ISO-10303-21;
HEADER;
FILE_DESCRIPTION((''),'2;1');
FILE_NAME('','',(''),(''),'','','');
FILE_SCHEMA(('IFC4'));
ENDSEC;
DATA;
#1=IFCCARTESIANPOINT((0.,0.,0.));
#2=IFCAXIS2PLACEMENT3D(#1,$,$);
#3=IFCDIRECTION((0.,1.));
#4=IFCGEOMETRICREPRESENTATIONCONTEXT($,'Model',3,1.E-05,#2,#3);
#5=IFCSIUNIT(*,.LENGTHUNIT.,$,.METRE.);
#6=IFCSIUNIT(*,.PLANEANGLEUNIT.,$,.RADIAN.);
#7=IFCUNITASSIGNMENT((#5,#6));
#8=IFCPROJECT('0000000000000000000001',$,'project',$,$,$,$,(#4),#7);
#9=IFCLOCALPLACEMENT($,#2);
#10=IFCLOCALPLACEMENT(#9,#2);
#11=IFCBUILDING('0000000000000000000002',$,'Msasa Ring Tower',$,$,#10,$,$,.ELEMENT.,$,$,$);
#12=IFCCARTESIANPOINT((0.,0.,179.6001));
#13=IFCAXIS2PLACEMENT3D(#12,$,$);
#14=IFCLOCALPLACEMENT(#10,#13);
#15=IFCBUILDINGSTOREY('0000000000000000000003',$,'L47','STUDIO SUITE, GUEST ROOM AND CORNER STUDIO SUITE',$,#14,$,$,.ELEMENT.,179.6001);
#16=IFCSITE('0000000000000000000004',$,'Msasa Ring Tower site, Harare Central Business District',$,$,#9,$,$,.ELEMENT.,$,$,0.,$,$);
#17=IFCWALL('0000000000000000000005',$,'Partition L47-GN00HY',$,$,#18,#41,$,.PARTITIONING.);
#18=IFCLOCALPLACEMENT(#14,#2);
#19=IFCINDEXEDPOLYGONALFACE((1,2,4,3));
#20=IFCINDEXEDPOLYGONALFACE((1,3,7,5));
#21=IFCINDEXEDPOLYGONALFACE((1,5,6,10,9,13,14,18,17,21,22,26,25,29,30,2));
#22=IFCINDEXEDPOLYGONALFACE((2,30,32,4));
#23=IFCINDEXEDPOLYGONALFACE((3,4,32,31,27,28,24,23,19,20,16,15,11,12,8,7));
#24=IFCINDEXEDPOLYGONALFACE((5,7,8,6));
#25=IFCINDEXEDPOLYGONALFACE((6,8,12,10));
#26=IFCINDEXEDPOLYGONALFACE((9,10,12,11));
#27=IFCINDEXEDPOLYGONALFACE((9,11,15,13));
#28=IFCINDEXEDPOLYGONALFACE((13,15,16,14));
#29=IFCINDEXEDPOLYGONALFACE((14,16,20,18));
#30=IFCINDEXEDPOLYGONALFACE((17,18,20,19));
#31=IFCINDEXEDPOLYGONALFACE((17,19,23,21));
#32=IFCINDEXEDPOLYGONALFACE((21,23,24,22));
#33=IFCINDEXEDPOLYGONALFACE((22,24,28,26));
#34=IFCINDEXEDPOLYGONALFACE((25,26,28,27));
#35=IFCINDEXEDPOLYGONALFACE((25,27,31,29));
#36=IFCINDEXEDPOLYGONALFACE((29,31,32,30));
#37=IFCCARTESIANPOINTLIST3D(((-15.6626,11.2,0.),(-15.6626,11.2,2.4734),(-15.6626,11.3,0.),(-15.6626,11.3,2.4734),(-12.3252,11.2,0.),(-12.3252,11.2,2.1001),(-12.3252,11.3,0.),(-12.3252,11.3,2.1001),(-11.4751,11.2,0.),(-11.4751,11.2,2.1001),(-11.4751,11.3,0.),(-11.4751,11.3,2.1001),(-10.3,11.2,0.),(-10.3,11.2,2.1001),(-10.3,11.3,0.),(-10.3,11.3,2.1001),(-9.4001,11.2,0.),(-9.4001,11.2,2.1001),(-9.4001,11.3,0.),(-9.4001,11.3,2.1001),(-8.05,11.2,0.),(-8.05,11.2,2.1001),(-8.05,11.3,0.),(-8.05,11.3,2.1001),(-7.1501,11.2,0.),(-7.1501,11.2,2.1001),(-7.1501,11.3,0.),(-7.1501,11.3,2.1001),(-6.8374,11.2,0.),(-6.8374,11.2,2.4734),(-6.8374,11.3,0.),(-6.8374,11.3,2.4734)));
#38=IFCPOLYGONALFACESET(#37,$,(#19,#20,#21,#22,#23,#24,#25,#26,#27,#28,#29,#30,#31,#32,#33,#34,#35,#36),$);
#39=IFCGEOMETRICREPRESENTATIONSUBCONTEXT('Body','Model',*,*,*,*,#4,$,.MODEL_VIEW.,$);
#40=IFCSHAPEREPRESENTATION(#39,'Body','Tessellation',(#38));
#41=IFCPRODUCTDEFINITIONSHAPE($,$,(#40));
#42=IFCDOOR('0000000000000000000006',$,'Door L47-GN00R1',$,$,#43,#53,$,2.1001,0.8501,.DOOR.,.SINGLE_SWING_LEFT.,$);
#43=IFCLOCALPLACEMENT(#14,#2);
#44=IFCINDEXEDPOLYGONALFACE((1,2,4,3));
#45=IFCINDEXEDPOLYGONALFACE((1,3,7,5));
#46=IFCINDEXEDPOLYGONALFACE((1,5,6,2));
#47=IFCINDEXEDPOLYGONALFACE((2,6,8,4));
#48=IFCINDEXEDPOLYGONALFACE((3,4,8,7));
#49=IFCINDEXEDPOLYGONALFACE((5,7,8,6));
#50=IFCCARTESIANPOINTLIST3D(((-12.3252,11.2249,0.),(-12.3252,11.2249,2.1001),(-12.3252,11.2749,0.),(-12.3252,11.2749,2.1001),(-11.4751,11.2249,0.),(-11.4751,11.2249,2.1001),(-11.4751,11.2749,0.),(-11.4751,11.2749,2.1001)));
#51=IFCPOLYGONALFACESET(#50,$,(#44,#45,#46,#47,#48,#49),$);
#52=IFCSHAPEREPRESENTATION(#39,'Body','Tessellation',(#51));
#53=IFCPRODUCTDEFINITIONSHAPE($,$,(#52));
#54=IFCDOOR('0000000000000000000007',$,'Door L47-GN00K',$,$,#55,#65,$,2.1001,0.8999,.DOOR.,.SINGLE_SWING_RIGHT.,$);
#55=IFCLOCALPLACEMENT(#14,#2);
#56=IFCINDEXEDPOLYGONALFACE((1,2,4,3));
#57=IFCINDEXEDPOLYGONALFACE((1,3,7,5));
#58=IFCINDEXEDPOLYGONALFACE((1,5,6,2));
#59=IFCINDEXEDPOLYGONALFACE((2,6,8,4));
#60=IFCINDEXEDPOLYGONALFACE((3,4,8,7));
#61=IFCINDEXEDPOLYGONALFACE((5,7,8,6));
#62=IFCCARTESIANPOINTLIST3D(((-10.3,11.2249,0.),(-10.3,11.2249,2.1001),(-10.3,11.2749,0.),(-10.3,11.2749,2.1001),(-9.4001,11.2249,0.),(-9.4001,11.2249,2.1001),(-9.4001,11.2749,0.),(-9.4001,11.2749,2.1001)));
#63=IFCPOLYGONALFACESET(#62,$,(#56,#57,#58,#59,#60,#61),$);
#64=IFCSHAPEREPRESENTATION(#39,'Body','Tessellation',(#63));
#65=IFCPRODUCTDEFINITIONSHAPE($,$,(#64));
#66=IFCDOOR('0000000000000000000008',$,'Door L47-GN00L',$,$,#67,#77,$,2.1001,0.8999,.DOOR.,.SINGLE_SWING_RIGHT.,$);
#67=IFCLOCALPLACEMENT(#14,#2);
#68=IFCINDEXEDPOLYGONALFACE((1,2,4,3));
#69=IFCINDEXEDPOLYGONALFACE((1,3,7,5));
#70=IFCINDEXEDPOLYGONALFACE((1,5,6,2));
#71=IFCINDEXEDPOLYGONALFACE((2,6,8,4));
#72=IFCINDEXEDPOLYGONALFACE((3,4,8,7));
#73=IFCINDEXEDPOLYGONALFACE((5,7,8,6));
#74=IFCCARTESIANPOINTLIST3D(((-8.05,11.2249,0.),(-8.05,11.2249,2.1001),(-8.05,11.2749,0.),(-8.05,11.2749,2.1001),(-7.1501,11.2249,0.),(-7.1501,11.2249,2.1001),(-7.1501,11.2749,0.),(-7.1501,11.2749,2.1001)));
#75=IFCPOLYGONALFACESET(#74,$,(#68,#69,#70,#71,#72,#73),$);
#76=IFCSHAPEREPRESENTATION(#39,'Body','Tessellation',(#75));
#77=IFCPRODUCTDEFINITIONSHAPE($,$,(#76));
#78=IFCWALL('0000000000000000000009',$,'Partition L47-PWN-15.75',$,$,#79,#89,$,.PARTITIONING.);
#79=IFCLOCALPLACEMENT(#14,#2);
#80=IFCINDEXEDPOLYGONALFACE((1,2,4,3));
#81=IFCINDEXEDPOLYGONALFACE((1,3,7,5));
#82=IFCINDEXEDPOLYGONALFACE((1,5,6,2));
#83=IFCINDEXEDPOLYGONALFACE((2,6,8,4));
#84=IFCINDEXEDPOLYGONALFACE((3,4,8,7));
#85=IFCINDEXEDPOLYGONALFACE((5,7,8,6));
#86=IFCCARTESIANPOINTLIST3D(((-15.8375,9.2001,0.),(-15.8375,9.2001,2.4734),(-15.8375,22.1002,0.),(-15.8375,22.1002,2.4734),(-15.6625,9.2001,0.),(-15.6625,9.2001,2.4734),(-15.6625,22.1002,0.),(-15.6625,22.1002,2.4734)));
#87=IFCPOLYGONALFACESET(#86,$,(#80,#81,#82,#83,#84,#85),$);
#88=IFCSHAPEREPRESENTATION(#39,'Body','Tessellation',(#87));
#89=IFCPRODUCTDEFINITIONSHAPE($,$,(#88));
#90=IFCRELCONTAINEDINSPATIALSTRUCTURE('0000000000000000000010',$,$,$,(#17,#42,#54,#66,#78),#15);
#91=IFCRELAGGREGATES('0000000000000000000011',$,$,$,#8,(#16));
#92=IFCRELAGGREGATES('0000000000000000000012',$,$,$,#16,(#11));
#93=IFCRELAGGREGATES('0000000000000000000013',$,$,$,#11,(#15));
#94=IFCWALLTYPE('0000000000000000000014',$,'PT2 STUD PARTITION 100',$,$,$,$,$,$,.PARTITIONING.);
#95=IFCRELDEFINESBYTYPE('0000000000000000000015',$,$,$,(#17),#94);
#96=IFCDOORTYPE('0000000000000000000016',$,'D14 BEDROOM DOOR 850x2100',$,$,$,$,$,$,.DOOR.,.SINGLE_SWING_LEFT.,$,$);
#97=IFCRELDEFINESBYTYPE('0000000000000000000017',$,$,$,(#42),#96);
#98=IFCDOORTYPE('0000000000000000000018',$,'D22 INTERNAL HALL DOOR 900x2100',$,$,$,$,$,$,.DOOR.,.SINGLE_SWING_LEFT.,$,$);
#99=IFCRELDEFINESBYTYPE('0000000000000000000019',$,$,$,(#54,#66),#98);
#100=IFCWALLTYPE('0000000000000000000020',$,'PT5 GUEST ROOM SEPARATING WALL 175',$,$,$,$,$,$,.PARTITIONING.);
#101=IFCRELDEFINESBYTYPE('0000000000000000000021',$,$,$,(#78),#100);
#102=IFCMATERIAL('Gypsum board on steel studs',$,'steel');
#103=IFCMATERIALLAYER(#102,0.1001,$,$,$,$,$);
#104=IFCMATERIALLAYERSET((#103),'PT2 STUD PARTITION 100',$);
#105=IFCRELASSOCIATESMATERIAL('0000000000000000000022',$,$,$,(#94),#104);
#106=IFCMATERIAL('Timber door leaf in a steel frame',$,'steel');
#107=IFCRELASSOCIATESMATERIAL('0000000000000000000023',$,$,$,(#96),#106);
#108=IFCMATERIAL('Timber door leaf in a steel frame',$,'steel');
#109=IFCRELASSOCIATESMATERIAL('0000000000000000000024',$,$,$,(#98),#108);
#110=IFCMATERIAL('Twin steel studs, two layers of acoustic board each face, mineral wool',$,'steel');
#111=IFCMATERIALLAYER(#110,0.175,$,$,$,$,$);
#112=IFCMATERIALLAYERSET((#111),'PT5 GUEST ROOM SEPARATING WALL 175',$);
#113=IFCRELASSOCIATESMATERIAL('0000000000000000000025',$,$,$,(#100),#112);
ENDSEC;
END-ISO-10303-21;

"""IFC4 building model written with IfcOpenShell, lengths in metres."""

from ifc_helpers import new_model, si_unit, direction, frame, frame_2d, origin, place, context, subcontext, project, spatial, rectangle, extrude, material, layer, layer_set, type_object, element, fill, save


model = new_model("IFC4")

# Units and contexts
model_context = context("Model", 3, precision=1e-05, world=origin(), true_north=direction((0.0, 1.0)))
body_context = subcontext(model_context, "Body", "Model", "MODEL_VIEW")
ifc_project = project(units=[si_unit("LENGTHUNIT", "METRE"), si_unit("PLANEANGLEUNIT", "RADIAN")], contexts=[model_context])

# Site, building, storey
site_placement = place(None, origin())
site = spatial("IfcSite", under=ifc_project, at=site_placement, Name="Msasa Ring Tower site, Harare Central Business District", CompositionType="ELEMENT", RefElevation=0.0)
building_placement = place(site_placement, origin())
building = spatial("IfcBuilding", under=site, at=building_placement, Name="Msasa Ring Tower", CompositionType="ELEMENT")
storey_placement = place(building_placement, frame((0.0, 0.0, 179.6001)))
storey = spatial("IfcBuildingStorey", under=building, at=storey_placement, Name="L47", Description="STUDIO SUITE, GUEST ROOM AND CORNER STUDIO SUITE", CompositionType="ELEMENT", Elevation=179.6001)

# Wall, openings, doors
ifc_material_1 = material(Name="Gypsum board on steel studs", Category="steel")
ifc_layer_1 = layer(ifc_material_1, 0.1001)
ifc_layer_set_1 = layer_set([ifc_layer_1], Name="PT2 STUD PARTITION 100")
wall_type_1 = type_object("IfcWallType", Name="PT2 STUD PARTITION 100", PredefinedType="PARTITIONING", material=ifc_layer_set_1)
wall_1_placement = place(storey_placement, frame((-15.6626, 11.25, 0.0), z_axis=(0.0, 0.0, 1.0), x_axis=(1.0, 0.0, 0.0)))
wall_1 = element("IfcWall", 1, at=wall_1_placement, inside=storey, type_object=wall_type_1, Name="Partition L47-GN00HY", PredefinedType="PARTITIONING", context=body_context, shape_type="SweptSolid", body=[
    extrude(rectangle(XDim=8.8252, YDim=0.1001, at=frame_2d((4.4126, 0.0))), origin(), (0.0, 0.0, 1.0), 2.4734),
])
opening_1_placement = place(wall_1_placement, frame((5.3625, 0.0, 0.0)))
opening_1 = element("IfcOpeningElement", 2, at=opening_1_placement, cuts=wall_1, PredefinedType="OPENING", context=body_context, shape_type="SweptSolid", body=[
    extrude(rectangle(XDim=0.8999, YDim=2.1001, at=frame_2d((0.45, 1.05))), frame((0.0, 0.0601, 0.0), z_axis=(0.0, -1.0, 0.0), x_axis=(1.0, 0.0, 0.0)), (0.0, 0.0, 1.0), 0.1201),
])
opening_2_placement = place(wall_1_placement, frame((7.6125, 0.0, 0.0)))
opening_2 = element("IfcOpeningElement", 3, at=opening_2_placement, cuts=wall_1, PredefinedType="OPENING", context=body_context, shape_type="SweptSolid", body=[
    extrude(rectangle(XDim=0.8999, YDim=2.1001, at=frame_2d((0.45, 1.05))), frame((0.0, 0.0601, 0.0), z_axis=(0.0, -1.0, 0.0), x_axis=(1.0, 0.0, 0.0)), (0.0, 0.0, 1.0), 0.1201),
])
opening_3_placement = place(wall_1_placement, frame((3.3374, 0.0, 0.0)))
opening_3 = element("IfcOpeningElement", 4, at=opening_3_placement, cuts=wall_1, PredefinedType="OPENING", context=body_context, shape_type="SweptSolid", body=[
    extrude(rectangle(XDim=0.8501, YDim=2.1001, at=frame_2d((0.425, 1.05))), frame((0.0, 0.0601, 0.0), z_axis=(0.0, -1.0, 0.0), x_axis=(1.0, 0.0, 0.0)), (0.0, 0.0, 1.0), 0.1201),
])
ifc_material_2 = material(Name="Timber door leaf in a steel frame", Category="steel")
door_type_1 = type_object("IfcDoorType", Name="D14 BEDROOM DOOR 850x2100", OperationType="SINGLE_SWING_LEFT", PredefinedType="DOOR", material=ifc_material_2)
door_1_placement = place(opening_3_placement, origin())
door_1 = element("IfcDoor", 5, at=door_1_placement, inside=storey, type_object=door_type_1, Name="Door L47-GN00R1", OperationType="SINGLE_SWING_LEFT", OverallHeight=2.1001, OverallWidth=0.8501, PredefinedType="DOOR", context=body_context, shape_type="SweptSolid", body=[
    extrude(rectangle(XDim=0.8501, YDim=2.1001, at=frame_2d((0.425, 1.05))), frame((0.0, 0.0249, 0.0), z_axis=(0.0, -1.0, 0.0), x_axis=(1.0, 0.0, 0.0)), (0.0, 0.0, 1.0), 0.05),
])
fill(opening_3, door_1)
ifc_material_3 = material(Name="Timber door leaf in a steel frame", Category="steel")
door_type_2 = type_object("IfcDoorType", Name="D22 INTERNAL HALL DOOR 900x2100", OperationType="SINGLE_SWING_LEFT", PredefinedType="DOOR", material=ifc_material_3)
door_2_placement = place(opening_1_placement, origin())
door_2 = element("IfcDoor", 6, at=door_2_placement, inside=storey, type_object=door_type_2, Name="Door L47-GN00K", OperationType="SINGLE_SWING_RIGHT", OverallHeight=2.1001, OverallWidth=0.8999, PredefinedType="DOOR", context=body_context, shape_type="SweptSolid", body=[
    extrude(rectangle(XDim=0.8999, YDim=2.1001, at=frame_2d((0.45, 1.05))), frame((0.0, 0.0249, 0.0), z_axis=(0.0, -1.0, 0.0), x_axis=(1.0, 0.0, 0.0)), (0.0, 0.0, 1.0), 0.05),
])
fill(opening_1, door_2)
door_3_placement = place(opening_2_placement, origin())
door_3 = element("IfcDoor", 7, at=door_3_placement, inside=storey, type_object=door_type_2, Name="Door L47-GN00L", OperationType="SINGLE_SWING_RIGHT", OverallHeight=2.1001, OverallWidth=0.8999, PredefinedType="DOOR", context=body_context, shape_type="SweptSolid", body=[
    extrude(rectangle(XDim=0.8999, YDim=2.1001, at=frame_2d((0.45, 1.05))), frame((0.0, 0.0249, 0.0), z_axis=(0.0, -1.0, 0.0), x_axis=(1.0, 0.0, 0.0)), (0.0, 0.0, 1.0), 0.05),
])
fill(opening_2, door_3)

# Wall
ifc_material_4 = material(Name="Twin steel studs, two layers of acoustic board each face, mineral wool", Category="steel")
ifc_layer_2 = layer(ifc_material_4, 0.175)
ifc_layer_set_2 = layer_set([ifc_layer_2], Name="PT5 GUEST ROOM SEPARATING WALL 175")
wall_type_2 = type_object("IfcWallType", Name="PT5 GUEST ROOM SEPARATING WALL 175", PredefinedType="PARTITIONING", material=ifc_layer_set_2)
wall_2_placement = place(storey_placement, frame((-15.75, 9.2, 0.0), z_axis=(0.0, 0.0, 1.0), x_axis=(0.0, 1.0, 0.0)))
element("IfcWall", 8, at=wall_2_placement, inside=storey, type_object=wall_type_2, Name="Partition L47-PWN-15.75", PredefinedType="PARTITIONING", context=body_context, shape_type="SweptSolid", body=[
    extrude(rectangle(XDim=12.9001, YDim=0.175, at=frame_2d((6.4502, 0.0))), origin(), (0.0, 0.0, 1.0), 2.4734),
])

save(model, "model.ifc")
